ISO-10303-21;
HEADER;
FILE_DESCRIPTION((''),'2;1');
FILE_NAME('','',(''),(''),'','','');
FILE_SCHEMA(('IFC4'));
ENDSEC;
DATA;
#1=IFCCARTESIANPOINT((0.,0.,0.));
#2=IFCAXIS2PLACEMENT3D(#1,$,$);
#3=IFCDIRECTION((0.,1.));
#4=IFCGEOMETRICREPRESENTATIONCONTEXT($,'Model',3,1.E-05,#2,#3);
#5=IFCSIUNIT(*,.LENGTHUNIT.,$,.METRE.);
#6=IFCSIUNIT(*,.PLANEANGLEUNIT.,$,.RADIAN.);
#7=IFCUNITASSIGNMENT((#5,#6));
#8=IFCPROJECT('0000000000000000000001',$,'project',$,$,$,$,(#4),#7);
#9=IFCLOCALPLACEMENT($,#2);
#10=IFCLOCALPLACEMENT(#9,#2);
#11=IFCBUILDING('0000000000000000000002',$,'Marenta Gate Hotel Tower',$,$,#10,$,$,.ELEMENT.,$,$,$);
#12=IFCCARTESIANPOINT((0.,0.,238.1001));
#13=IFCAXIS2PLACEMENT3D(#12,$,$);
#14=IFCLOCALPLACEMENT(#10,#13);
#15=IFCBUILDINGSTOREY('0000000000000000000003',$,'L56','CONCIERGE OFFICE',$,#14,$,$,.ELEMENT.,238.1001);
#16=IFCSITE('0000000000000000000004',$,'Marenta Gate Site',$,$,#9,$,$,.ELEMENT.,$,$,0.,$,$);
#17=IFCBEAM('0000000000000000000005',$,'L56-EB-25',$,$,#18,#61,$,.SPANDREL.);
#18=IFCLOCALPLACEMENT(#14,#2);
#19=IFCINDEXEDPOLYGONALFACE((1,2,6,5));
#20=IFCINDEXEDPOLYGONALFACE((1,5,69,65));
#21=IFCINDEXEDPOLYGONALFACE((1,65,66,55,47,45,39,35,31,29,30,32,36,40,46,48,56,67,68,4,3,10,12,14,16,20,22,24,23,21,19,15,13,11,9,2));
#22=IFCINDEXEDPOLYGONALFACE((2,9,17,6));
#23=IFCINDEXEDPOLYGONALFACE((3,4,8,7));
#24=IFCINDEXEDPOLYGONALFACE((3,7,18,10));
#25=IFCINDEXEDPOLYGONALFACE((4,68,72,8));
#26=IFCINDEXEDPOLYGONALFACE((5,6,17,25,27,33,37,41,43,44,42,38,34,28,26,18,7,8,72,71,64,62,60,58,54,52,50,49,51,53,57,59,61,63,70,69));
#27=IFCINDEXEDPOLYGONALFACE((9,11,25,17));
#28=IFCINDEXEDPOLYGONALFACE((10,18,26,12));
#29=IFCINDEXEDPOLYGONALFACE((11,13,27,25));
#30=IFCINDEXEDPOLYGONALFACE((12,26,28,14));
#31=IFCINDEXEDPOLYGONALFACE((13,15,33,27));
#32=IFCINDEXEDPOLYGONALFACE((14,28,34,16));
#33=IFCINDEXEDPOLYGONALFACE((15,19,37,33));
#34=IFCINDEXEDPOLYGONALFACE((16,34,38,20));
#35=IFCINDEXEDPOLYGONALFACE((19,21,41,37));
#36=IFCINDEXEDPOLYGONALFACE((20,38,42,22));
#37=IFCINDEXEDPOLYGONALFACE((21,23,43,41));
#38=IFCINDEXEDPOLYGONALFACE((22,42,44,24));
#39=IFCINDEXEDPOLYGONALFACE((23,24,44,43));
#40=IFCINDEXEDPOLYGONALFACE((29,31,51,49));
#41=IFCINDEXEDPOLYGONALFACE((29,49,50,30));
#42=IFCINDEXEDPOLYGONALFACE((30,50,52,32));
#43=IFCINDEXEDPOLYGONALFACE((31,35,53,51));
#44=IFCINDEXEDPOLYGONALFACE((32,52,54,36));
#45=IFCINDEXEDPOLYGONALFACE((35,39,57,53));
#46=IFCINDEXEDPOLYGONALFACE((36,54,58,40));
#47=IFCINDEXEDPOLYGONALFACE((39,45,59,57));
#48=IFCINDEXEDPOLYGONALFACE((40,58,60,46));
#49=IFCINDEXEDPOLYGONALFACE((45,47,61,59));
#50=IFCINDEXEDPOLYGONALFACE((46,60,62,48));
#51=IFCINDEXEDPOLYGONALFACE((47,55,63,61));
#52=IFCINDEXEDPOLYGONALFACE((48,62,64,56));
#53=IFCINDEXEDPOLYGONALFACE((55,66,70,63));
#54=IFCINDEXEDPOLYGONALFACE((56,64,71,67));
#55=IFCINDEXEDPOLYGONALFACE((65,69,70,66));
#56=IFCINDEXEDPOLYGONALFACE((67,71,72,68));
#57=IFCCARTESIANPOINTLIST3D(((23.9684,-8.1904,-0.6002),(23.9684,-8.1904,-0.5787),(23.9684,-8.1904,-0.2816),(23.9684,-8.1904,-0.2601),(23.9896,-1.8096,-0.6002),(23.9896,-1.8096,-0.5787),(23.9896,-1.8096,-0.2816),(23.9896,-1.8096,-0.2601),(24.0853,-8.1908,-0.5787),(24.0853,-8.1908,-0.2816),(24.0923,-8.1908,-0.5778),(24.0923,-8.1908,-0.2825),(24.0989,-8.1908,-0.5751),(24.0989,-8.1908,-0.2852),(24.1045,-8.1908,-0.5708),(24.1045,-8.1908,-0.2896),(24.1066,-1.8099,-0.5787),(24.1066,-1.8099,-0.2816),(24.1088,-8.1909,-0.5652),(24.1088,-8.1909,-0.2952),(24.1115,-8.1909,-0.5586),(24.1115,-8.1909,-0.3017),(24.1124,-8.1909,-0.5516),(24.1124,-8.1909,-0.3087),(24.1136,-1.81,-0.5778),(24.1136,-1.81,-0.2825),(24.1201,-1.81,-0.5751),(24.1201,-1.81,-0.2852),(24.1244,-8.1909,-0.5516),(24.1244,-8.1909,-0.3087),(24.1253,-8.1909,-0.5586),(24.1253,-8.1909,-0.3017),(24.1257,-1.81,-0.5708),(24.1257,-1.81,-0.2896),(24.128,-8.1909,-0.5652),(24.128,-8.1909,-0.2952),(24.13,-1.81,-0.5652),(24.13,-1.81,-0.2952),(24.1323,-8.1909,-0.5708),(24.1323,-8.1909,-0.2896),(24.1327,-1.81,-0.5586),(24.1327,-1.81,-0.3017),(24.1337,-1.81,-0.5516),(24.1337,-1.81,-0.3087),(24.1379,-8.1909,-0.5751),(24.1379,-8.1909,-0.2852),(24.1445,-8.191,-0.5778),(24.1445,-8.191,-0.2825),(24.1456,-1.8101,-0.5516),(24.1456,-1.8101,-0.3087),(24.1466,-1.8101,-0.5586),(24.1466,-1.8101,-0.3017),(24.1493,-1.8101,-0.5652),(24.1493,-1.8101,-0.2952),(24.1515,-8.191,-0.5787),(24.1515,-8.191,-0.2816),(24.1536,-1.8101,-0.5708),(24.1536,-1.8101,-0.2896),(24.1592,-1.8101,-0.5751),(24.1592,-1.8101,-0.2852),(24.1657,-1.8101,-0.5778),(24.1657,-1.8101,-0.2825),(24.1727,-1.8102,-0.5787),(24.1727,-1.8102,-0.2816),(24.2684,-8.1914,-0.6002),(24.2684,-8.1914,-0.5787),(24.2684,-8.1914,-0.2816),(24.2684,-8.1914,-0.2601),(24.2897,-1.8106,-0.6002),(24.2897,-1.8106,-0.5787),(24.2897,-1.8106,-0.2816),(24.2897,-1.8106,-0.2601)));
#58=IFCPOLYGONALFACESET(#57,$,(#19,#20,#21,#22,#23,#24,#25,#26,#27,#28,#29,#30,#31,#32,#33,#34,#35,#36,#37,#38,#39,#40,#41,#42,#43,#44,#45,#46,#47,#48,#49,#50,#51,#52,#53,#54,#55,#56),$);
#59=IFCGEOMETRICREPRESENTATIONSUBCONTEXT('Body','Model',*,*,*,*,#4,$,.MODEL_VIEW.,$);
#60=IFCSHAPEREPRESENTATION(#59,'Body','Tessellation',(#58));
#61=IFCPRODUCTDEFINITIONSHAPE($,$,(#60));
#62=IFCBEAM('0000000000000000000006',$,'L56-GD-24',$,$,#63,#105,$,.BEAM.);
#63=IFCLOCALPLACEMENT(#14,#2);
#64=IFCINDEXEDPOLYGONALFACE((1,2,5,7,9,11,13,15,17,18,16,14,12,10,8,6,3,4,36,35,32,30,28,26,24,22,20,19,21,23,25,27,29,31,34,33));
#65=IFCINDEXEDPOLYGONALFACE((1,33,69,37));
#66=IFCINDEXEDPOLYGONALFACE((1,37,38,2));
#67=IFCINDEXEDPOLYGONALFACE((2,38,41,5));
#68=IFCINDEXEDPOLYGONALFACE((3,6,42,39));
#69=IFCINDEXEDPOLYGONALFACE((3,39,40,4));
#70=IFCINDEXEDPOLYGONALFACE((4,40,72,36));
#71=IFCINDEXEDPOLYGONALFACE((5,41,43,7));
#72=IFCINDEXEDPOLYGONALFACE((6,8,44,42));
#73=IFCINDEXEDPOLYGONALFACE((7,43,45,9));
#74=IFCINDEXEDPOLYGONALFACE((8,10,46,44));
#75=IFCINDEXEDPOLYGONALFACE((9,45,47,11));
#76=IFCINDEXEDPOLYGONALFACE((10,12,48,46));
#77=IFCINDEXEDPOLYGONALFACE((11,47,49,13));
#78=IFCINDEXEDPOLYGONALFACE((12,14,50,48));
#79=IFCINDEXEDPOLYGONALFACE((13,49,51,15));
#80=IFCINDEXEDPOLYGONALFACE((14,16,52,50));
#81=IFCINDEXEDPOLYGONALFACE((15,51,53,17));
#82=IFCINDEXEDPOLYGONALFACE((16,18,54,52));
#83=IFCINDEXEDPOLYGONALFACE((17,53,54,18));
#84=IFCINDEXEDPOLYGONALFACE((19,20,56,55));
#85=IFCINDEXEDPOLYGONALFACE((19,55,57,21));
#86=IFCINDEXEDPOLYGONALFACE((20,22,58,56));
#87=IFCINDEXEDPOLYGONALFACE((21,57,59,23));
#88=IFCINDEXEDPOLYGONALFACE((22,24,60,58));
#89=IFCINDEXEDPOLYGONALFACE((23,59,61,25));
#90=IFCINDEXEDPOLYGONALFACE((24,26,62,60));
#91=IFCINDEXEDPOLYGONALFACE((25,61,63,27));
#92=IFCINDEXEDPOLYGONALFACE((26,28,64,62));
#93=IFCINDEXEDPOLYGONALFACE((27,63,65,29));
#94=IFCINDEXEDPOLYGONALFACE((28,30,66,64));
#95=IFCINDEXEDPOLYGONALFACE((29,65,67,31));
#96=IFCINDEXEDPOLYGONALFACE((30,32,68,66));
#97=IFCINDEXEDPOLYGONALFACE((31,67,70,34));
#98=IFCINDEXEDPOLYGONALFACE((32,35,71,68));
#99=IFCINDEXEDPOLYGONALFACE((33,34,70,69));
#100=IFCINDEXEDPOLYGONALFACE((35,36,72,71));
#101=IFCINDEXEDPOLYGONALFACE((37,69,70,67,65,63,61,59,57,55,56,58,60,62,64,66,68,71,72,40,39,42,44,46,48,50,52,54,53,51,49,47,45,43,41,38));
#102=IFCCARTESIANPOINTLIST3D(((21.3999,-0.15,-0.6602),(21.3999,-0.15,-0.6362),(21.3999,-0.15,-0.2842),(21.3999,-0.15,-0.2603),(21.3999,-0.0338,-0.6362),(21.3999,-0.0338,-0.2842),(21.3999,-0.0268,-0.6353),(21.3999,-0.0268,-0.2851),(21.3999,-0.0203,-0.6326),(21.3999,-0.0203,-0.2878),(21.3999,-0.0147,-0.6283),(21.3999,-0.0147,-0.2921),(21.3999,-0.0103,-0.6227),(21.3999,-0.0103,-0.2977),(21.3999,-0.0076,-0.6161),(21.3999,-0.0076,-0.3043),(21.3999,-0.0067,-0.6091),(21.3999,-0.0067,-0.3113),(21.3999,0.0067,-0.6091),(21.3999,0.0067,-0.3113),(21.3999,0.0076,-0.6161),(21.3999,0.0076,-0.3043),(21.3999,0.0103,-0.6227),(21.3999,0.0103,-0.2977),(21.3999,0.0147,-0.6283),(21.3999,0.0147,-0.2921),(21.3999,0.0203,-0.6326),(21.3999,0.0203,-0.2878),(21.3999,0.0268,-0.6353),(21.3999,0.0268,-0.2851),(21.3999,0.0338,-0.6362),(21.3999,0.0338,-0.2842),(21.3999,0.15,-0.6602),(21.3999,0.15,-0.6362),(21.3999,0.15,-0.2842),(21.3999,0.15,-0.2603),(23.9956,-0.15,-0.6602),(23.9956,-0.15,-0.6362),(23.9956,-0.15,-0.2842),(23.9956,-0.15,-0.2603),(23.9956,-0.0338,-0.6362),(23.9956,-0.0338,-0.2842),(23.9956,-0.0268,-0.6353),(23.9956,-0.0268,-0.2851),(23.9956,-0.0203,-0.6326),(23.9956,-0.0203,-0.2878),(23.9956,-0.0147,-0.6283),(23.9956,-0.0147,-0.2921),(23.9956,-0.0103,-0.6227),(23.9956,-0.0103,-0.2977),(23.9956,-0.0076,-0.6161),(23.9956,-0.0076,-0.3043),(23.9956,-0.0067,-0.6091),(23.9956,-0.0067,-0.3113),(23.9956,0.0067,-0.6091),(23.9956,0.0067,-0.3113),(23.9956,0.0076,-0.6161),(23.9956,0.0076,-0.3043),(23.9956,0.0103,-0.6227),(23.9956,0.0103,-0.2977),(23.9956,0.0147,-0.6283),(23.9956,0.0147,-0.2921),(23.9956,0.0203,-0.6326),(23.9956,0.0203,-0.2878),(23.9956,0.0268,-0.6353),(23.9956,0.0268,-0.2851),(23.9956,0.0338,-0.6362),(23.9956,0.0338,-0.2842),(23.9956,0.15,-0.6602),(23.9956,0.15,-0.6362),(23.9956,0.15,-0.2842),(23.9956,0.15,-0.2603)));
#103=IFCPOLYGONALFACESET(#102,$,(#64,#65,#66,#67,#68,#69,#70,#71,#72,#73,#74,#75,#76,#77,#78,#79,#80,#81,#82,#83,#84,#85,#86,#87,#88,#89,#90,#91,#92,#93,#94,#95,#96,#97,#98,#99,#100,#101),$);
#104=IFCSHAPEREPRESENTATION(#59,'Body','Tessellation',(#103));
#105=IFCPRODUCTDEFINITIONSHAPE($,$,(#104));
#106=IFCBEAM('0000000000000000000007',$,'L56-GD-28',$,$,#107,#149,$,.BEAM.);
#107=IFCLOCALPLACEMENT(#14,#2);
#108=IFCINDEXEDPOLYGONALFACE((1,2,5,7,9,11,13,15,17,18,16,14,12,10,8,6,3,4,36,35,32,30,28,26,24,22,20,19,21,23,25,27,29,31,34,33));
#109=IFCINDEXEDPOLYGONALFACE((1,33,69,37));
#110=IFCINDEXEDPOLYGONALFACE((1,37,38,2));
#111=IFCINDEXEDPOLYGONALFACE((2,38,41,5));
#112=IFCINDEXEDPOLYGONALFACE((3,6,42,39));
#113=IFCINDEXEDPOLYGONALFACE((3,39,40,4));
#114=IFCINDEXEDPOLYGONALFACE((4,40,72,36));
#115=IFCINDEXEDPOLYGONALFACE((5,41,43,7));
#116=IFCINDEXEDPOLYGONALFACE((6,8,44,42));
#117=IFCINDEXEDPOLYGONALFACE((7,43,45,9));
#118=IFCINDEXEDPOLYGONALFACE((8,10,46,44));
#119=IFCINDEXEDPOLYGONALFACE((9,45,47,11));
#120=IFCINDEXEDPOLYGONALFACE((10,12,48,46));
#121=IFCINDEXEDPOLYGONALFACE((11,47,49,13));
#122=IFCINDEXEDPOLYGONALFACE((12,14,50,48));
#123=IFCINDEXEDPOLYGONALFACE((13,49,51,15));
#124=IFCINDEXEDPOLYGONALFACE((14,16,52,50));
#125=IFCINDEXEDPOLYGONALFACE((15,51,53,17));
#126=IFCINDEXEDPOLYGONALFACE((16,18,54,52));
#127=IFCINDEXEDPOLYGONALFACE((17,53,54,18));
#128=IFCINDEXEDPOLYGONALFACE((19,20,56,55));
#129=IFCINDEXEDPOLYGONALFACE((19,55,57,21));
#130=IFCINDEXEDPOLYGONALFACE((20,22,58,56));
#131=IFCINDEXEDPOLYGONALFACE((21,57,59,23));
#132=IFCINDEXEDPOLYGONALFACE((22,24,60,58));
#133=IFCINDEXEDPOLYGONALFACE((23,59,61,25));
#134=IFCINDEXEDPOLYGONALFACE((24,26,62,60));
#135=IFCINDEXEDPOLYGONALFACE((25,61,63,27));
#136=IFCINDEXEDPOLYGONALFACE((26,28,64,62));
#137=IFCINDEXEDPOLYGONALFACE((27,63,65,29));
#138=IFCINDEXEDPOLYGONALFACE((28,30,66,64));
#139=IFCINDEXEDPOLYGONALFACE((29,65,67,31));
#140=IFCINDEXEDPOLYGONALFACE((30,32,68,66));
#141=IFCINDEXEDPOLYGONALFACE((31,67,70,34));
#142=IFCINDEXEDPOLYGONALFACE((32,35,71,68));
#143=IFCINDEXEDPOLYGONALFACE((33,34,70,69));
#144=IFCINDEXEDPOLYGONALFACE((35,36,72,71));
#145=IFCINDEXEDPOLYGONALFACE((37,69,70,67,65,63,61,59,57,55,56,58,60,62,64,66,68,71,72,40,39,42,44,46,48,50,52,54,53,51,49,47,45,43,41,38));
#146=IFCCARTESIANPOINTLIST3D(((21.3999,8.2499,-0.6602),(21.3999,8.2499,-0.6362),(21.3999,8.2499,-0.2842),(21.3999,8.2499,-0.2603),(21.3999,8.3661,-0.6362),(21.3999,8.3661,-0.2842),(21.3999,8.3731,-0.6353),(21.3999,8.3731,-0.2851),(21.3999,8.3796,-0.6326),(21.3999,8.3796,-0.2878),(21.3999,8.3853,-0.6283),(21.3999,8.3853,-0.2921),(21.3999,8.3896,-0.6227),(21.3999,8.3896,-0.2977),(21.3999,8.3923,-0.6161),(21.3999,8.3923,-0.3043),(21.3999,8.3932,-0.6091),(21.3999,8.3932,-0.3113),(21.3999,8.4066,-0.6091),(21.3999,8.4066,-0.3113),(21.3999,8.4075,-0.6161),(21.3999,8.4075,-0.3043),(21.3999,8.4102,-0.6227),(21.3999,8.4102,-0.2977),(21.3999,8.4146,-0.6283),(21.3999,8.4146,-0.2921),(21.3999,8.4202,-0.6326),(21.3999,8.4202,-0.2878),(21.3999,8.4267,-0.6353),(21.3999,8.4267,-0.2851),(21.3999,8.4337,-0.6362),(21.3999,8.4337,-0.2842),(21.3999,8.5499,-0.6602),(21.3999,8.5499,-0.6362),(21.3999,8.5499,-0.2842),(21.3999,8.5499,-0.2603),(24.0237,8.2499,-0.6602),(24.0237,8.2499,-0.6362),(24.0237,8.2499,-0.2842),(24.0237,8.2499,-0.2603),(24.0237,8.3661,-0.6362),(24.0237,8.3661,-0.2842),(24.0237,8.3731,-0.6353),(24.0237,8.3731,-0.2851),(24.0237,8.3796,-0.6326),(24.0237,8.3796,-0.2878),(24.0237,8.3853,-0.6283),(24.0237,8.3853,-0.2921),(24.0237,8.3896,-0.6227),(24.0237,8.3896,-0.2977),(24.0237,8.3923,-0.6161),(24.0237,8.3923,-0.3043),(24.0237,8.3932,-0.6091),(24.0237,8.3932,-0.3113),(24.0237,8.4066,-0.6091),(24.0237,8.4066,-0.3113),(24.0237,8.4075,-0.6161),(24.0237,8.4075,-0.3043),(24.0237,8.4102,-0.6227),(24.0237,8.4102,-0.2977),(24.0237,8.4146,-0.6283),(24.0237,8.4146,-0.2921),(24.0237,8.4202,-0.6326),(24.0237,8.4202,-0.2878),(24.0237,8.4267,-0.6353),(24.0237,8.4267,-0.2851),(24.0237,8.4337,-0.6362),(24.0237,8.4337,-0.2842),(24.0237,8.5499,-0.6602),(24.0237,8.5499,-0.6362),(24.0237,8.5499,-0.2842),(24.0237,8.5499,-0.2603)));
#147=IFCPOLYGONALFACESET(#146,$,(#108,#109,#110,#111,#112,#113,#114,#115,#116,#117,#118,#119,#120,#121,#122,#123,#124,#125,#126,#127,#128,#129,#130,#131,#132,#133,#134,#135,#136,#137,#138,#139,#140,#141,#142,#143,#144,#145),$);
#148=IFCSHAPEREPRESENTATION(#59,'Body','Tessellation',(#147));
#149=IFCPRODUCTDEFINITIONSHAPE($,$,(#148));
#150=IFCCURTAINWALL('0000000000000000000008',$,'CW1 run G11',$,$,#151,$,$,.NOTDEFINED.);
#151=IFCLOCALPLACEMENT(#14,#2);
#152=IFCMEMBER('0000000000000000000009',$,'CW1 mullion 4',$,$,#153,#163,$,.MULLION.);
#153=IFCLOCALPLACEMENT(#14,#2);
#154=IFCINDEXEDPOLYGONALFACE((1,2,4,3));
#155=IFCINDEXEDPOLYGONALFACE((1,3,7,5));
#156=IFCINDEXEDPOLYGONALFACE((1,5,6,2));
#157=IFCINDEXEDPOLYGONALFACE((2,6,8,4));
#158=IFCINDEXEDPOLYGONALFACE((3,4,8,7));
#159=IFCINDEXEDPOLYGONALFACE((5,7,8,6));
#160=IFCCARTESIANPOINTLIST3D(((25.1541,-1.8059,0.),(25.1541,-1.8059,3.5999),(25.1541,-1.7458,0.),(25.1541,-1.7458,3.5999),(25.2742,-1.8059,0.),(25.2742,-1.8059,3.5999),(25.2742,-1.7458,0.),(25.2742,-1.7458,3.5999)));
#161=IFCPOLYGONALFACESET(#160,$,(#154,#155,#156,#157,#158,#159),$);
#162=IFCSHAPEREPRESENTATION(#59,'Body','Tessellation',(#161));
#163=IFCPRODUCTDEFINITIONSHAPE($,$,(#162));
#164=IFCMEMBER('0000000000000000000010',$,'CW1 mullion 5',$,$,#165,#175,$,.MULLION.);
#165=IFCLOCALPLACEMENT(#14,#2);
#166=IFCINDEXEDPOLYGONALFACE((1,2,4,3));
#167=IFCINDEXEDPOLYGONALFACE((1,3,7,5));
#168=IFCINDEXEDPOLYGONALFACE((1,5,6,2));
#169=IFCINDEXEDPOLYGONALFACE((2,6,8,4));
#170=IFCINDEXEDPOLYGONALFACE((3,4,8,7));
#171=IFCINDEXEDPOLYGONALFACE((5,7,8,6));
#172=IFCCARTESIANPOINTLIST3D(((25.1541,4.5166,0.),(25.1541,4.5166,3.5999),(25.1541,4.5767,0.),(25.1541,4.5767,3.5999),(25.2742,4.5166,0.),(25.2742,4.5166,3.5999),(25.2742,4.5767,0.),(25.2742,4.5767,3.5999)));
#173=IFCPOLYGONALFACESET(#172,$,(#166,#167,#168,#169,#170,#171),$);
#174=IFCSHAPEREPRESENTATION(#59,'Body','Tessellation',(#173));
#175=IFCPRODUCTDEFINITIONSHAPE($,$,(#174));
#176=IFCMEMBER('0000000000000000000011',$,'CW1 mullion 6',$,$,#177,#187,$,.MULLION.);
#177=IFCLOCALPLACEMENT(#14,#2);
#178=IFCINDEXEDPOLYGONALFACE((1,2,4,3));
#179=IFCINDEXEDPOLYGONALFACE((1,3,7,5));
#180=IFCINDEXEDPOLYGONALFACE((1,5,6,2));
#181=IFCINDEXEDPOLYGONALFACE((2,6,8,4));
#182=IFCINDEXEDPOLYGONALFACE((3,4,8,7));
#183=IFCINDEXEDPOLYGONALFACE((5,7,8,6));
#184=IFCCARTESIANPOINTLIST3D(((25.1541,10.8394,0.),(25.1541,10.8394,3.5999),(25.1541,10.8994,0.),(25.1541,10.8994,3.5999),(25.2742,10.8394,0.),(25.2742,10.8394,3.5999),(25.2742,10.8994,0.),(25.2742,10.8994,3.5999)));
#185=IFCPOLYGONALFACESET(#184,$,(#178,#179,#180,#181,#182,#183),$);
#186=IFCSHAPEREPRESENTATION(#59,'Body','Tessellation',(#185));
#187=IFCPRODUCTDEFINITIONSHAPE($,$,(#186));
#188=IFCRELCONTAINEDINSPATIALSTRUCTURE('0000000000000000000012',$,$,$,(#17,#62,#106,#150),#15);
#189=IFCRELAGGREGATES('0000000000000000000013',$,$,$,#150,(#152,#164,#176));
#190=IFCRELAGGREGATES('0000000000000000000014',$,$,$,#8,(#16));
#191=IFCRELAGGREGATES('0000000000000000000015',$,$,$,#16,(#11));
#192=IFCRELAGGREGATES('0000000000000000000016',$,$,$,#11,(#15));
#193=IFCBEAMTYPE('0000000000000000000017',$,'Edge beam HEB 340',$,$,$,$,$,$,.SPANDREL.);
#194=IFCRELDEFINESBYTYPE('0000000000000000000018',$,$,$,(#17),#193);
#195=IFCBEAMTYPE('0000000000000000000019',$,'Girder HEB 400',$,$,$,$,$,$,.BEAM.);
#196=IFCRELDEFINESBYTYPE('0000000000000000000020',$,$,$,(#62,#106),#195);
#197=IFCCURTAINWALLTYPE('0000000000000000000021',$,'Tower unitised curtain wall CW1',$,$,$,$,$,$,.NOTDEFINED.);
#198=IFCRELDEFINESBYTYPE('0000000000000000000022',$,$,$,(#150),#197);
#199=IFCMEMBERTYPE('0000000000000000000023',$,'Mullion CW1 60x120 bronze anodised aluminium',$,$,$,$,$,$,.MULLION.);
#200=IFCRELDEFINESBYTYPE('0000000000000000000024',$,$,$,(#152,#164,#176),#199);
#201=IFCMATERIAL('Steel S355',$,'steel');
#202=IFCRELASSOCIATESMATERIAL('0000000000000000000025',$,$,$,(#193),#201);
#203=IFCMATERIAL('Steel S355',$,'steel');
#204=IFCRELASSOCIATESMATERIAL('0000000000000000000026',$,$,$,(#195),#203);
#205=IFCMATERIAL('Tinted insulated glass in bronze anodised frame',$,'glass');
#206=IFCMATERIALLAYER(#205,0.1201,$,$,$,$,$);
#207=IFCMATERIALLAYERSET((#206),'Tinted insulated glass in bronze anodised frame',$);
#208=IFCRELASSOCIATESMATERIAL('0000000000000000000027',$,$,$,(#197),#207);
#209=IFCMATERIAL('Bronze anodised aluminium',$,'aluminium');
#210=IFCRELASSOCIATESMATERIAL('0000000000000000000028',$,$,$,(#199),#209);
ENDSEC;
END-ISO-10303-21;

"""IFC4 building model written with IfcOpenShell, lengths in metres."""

from ifc_helpers import new_model, si_unit, direction, frame, origin, origin_2d, place, context, subcontext, project, spatial, rectangle, i_section, extrude, material, layer, layer_set, material_profile, profile_set, type_object, element, aggregate, save


model = new_model("IFC4")

# Units and contexts
model_context = context("Model", 3, precision=1e-05, world=origin(), true_north=direction((0.0, 1.0)))
body_context = subcontext(model_context, "Body", "Model", "MODEL_VIEW")
ifc_project = project(units=[si_unit("LENGTHUNIT", "METRE"), si_unit("PLANEANGLEUNIT", "RADIAN")], contexts=[model_context])

# Site, building, storey
site_placement = place(None, origin())
site = spatial("IfcSite", under=ifc_project, at=site_placement, Name="Marenta Gate Site", CompositionType="ELEMENT", RefElevation=0.0)
building_placement = place(site_placement, origin())
building = spatial("IfcBuilding", under=site, at=building_placement, Name="Marenta Gate Hotel Tower", CompositionType="ELEMENT")
storey_placement = place(building_placement, frame((0.0, 0.0, 238.1001)))
storey = spatial("IfcBuildingStorey", under=building, at=storey_placement, Name="L56", Description="CONCIERGE OFFICE", CompositionType="ELEMENT", Elevation=238.1001)

# Beams
ifc_material_1 = material(Name="Steel S355", Category="steel")
ifc_material_profile_1 = material_profile(ifc_material_1, i_section(OverallWidth=0.3, OverallDepth=0.3401, WebThickness=0.012, FlangeThickness=0.0215, FilletRadius=0.0271, at=origin_2d()), Name="HEB 340")
ifc_profile_set_1 = profile_set([ifc_material_profile_1], Name="Steel S355")
beam_type_1 = type_object("IfcBeamType", Name="Edge beam HEB 340", PredefinedType="SPANDREL", material=ifc_profile_set_1)
beam_1_placement = place(storey_placement, frame((24.1396, -1.8101, -0.4302), z_axis=(-0.003329, -0.999994, 0.0), x_axis=(0.999994, -0.003329, 0.0)))
element("IfcBeam", 1, at=beam_1_placement, inside=storey, type_object=beam_type_1, Name="L56-EB-25", PredefinedType="SPANDREL", context=body_context, shape_type="SweptSolid", body=[
    extrude(i_section(OverallWidth=0.3, OverallDepth=0.3401, WebThickness=0.012, FlangeThickness=0.0215, FilletRadius=0.0271, at=origin_2d()), origin(), (0.0, 0.0, 1.0), 6.3809),
])
ifc_material_2 = material(Name="Steel S355", Category="steel")
ifc_material_profile_2 = material_profile(ifc_material_2, i_section(OverallWidth=0.3, OverallDepth=0.3999, WebThickness=0.0134, FlangeThickness=0.0239, FilletRadius=0.0271, at=origin_2d()), Name="HEB 400")
ifc_profile_set_2 = profile_set([ifc_material_profile_2], Name="Steel S355")
beam_type_2 = type_object("IfcBeamType", Name="Girder HEB 400", PredefinedType="BEAM", material=ifc_profile_set_2)
beam_2_placement = place(storey_placement, frame((21.3999, 0.0, -0.4602), z_axis=(1.0, 0.0, 0.0), x_axis=(0.0, 1.0, 0.0)))
element("IfcBeam", 2, at=beam_2_placement, inside=storey, type_object=beam_type_2, Name="L56-GD-24", PredefinedType="BEAM", context=body_context, shape_type="SweptSolid", body=[
    extrude(i_section(OverallWidth=0.3, OverallDepth=0.3999, WebThickness=0.0134, FlangeThickness=0.0239, FilletRadius=0.0271, at=origin_2d()), origin(), (0.0, 0.0, 1.0), 2.5957),
])
beam_3_placement = place(storey_placement, frame((21.3999, 8.3999, -0.4602), z_axis=(1.0, 0.0, 0.0), x_axis=(0.0, 1.0, 0.0)))
element("IfcBeam", 3, at=beam_3_placement, inside=storey, type_object=beam_type_2, Name="L56-GD-28", PredefinedType="BEAM", context=body_context, shape_type="SweptSolid", body=[
    extrude(i_section(OverallWidth=0.3, OverallDepth=0.3999, WebThickness=0.0134, FlangeThickness=0.0239, FilletRadius=0.0271, at=origin_2d()), origin(), (0.0, 0.0, 1.0), 2.6238),
])

# Curtain wall, members
ifc_material_3 = material(Name="Tinted insulated glass in bronze anodised frame", Category="glass")
ifc_layer_1 = layer(ifc_material_3, 0.1201)
ifc_layer_set_1 = layer_set([ifc_layer_1], Name="Tinted insulated glass in bronze anodised frame")
curtain_wall_type = type_object("IfcCurtainWallType", Name="Tower unitised curtain wall CW1", PredefinedType="NOTDEFINED", material=ifc_layer_set_1)
curtain_wall_placement = place(storey_placement, origin())
curtain_wall = element("IfcCurtainWall", 4, at=curtain_wall_placement, inside=storey, type_object=curtain_wall_type, Name="CW1 run G11", PredefinedType="NOTDEFINED")
ifc_material_4 = material(Name="Bronze anodised aluminium", Category="aluminium")
ifc_material_profile_3 = material_profile(ifc_material_4, rectangle(XDim=0.1201, YDim=0.0601, at=origin_2d()), Name="Mullion CW1 60x120 bronze anodised aluminium")
ifc_profile_set_3 = profile_set([ifc_material_profile_3], Name="Bronze anodised aluminium")
member_type_1 = type_object("IfcMemberType", Name="Mullion CW1 60x120 bronze anodised aluminium", PredefinedType="MULLION", material=ifc_profile_set_3)
member_1_placement = place(storey_placement, frame((25.2141, -1.7759, 0.0), z_axis=(0.0, 0.0, 1.0), x_axis=(-1.0, 0.0, 0.0)))
member_1 = element("IfcMember", 5, at=member_1_placement, type_object=member_type_1, Name="CW1 mullion 4", PredefinedType="MULLION", context=body_context, shape_type="SweptSolid", body=[
    extrude(rectangle(XDim=0.1201, YDim=0.0601, at=origin_2d()), origin(), (0.0, 0.0, 1.0), 3.5999),
])
member_2_placement = place(storey_placement, frame((25.2141, 4.5466, 0.0), z_axis=(0.0, 0.0, 1.0), x_axis=(-1.0, 0.0, 0.0)))
member_2 = element("IfcMember", 6, at=member_2_placement, type_object=member_type_1, Name="CW1 mullion 5", PredefinedType="MULLION", context=body_context, shape_type="SweptSolid", body=[
    extrude(rectangle(XDim=0.1201, YDim=0.0601, at=origin_2d()), origin(), (0.0, 0.0, 1.0), 3.5999),
])
member_3_placement = place(storey_placement, frame((25.2141, 10.8694, 0.0), z_axis=(0.0, 0.0, 1.0), x_axis=(-1.0, 0.0, 0.0)))
member_3 = element("IfcMember", 7, at=member_3_placement, type_object=member_type_1, Name="CW1 mullion 6", PredefinedType="MULLION", context=body_context, shape_type="SweptSolid", body=[
    extrude(rectangle(XDim=0.1201, YDim=0.0601, at=origin_2d()), origin(), (0.0, 0.0, 1.0), 3.5999),
])
aggregate(curtain_wall, [member_1, member_2, member_3])

save(model, "model.ifc")
